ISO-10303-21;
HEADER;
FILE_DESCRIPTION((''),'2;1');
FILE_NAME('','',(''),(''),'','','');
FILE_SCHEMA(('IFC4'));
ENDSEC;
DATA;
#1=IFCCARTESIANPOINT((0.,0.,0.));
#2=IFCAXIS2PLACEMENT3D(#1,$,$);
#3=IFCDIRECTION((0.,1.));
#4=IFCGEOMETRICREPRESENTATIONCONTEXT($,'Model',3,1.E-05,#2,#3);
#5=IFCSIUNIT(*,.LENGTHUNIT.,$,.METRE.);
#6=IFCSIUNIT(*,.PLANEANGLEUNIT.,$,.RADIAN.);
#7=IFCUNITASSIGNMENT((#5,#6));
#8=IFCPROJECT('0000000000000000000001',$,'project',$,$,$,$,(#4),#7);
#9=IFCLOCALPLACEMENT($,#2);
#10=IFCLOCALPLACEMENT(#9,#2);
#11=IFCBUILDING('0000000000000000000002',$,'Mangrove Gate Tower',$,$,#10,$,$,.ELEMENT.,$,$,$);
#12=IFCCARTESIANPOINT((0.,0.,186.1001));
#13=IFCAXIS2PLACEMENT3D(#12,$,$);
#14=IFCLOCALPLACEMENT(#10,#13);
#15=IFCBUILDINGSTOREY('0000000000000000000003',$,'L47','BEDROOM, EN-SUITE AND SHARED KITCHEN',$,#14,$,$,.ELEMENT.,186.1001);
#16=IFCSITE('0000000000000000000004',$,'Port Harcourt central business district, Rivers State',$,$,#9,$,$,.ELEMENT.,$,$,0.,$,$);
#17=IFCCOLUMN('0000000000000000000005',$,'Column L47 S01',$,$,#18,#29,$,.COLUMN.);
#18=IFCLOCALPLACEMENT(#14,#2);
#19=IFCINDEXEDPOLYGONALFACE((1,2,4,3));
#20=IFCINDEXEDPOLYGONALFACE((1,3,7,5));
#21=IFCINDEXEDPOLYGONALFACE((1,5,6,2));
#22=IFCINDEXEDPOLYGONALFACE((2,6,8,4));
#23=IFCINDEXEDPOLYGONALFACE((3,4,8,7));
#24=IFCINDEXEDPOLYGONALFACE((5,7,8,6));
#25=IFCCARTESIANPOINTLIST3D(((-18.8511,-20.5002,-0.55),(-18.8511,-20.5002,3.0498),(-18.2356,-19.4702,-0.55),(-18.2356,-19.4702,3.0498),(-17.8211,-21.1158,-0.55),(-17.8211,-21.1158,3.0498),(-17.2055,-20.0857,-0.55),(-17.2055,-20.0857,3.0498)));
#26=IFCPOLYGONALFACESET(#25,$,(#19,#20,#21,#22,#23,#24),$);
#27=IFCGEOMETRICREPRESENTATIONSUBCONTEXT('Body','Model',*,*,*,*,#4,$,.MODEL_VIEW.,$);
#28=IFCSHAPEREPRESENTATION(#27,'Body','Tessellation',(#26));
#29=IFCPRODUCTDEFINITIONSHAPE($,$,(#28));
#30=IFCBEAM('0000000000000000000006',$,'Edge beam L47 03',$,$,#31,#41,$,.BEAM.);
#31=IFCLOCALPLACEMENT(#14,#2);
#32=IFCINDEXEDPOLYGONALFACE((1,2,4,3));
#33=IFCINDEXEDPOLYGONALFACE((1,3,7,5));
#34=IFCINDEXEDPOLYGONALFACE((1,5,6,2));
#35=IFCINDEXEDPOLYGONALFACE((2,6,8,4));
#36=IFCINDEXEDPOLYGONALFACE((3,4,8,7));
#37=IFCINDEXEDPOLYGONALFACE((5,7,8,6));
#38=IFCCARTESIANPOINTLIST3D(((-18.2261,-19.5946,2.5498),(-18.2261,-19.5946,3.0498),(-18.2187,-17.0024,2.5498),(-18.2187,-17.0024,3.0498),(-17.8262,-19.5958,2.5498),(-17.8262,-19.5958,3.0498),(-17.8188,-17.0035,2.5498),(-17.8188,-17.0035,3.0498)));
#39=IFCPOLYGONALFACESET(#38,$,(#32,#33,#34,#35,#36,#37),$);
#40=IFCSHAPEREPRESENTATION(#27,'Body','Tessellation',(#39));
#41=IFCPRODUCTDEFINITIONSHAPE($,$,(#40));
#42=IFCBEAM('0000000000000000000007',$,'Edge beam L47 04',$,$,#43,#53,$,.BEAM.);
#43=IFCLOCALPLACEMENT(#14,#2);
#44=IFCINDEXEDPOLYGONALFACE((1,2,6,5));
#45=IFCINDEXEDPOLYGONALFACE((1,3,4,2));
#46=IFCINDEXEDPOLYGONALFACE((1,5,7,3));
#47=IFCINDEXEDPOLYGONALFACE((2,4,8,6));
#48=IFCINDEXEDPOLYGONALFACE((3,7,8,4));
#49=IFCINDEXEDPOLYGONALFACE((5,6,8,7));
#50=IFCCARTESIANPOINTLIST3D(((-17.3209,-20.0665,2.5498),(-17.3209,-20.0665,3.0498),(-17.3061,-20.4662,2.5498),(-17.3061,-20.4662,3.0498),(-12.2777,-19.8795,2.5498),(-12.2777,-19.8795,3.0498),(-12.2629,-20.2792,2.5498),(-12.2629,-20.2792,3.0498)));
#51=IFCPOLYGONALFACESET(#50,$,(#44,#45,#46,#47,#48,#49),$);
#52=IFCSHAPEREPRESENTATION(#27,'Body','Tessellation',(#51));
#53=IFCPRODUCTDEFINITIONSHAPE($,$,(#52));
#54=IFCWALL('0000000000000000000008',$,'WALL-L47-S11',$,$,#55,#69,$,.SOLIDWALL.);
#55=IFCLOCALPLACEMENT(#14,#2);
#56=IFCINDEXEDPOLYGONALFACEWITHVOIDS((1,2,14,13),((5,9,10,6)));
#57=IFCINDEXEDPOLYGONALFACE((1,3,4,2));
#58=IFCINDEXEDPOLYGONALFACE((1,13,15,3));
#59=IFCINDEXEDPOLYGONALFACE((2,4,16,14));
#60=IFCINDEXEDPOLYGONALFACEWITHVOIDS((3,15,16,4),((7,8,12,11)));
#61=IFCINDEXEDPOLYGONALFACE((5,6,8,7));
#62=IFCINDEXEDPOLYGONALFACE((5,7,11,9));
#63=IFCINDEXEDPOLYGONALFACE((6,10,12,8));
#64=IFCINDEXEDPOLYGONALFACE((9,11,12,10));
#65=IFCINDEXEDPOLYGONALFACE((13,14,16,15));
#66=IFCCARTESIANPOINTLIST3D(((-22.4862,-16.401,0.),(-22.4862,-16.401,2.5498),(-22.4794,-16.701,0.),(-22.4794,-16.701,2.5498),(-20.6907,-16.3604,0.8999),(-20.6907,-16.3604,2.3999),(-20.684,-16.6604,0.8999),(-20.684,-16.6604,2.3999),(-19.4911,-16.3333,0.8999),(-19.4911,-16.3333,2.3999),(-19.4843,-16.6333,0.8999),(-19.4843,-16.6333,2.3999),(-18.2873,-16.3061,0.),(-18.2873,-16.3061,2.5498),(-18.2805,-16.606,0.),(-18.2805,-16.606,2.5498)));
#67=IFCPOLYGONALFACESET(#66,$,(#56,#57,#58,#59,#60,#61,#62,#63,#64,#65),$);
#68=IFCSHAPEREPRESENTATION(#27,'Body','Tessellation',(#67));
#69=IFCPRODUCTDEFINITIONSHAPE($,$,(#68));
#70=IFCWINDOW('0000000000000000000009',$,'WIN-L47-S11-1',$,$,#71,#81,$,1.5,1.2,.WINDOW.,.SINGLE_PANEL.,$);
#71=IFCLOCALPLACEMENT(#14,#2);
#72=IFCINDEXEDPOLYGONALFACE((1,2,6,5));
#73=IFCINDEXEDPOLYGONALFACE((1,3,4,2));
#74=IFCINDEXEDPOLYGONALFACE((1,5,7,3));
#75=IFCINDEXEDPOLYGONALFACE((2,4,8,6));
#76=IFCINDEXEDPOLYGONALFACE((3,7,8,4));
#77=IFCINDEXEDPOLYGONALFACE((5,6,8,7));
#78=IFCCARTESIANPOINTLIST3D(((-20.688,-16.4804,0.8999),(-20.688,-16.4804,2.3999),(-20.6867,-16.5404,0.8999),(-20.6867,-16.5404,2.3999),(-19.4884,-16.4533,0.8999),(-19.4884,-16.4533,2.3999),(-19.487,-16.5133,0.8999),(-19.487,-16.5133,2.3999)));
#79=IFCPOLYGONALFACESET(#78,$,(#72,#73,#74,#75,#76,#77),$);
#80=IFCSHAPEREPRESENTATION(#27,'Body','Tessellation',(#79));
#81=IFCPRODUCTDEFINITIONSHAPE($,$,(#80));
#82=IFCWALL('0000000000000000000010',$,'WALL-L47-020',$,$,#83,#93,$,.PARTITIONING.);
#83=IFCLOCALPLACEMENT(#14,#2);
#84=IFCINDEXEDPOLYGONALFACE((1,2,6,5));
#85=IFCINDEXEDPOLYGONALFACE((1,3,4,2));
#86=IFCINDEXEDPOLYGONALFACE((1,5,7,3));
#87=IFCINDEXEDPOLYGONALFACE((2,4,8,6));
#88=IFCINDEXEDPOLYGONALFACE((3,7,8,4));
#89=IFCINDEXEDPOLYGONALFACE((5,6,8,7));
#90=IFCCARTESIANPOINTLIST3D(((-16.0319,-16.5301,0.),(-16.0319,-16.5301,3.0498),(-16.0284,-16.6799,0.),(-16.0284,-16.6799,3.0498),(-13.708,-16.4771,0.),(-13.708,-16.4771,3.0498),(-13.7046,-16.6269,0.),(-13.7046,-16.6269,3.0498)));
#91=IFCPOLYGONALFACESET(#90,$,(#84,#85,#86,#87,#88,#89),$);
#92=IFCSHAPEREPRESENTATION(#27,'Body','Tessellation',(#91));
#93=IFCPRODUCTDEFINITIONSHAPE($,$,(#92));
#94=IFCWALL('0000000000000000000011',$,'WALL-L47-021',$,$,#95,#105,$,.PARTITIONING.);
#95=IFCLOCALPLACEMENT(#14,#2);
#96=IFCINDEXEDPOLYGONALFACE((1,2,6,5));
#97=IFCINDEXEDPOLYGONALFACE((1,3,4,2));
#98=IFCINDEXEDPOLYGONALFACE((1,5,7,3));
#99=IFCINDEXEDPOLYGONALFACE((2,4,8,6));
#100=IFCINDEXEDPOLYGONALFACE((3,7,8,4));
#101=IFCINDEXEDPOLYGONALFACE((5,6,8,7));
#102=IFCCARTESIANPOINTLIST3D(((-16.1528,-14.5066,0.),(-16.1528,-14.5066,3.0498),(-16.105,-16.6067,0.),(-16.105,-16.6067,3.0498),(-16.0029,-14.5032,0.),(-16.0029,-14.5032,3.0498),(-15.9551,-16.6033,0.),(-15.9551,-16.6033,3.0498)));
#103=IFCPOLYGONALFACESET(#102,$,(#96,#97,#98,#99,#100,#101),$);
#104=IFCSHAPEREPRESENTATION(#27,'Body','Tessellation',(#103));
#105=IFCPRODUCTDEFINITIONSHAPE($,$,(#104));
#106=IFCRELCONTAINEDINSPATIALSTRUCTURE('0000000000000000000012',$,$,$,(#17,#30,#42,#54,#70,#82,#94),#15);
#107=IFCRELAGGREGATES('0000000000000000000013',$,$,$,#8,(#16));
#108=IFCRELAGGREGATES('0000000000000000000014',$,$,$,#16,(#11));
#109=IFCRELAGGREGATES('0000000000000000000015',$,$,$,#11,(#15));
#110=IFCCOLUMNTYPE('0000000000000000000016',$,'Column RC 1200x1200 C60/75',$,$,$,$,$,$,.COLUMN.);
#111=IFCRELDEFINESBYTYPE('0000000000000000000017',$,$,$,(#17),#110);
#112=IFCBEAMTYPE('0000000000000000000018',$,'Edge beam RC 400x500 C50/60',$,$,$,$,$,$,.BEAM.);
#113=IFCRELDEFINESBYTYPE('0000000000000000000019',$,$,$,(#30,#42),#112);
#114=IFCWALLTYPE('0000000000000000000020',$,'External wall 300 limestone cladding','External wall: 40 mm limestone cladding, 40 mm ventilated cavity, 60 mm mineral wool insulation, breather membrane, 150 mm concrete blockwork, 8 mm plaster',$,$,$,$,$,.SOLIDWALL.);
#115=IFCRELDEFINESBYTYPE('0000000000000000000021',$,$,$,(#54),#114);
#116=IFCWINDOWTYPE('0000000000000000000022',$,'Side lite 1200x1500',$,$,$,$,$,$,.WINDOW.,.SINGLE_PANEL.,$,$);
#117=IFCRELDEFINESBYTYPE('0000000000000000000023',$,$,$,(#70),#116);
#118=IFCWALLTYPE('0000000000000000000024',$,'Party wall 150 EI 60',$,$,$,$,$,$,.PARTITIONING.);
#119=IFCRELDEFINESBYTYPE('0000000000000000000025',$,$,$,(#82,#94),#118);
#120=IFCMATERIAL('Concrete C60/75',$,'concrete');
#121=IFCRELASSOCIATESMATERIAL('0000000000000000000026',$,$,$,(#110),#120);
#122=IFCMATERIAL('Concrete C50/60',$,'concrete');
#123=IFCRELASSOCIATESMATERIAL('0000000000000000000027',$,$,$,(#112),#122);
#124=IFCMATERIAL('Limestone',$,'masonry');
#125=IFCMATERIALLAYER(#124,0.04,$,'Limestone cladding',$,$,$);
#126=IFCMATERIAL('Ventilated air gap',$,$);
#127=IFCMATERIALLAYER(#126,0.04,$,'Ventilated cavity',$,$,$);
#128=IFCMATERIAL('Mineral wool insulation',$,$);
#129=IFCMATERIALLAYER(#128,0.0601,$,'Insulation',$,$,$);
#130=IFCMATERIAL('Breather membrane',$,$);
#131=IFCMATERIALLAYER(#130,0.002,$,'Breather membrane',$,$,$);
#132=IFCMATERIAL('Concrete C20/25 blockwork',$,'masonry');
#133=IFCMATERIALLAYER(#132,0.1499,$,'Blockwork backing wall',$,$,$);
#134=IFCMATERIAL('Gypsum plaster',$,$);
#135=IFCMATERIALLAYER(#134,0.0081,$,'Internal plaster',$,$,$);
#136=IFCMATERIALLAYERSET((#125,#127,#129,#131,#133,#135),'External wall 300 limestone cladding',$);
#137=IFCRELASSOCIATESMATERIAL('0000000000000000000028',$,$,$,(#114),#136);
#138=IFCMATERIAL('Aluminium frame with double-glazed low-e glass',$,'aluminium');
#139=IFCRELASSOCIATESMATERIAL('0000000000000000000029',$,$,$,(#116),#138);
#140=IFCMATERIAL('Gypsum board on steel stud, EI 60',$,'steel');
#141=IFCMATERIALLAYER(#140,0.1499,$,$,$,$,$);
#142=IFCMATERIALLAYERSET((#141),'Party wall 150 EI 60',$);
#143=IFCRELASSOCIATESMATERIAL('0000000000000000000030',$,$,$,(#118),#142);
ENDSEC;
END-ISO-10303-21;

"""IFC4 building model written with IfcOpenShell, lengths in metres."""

from ifc_helpers import new_model, si_unit, direction, frame, frame_2d, origin, origin_2d, place, context, subcontext, project, spatial, rectangle, extrude, material, layer, layer_set, material_profile, profile_set, type_object, element, fill, save


model = new_model("IFC4")

# Units and contexts
model_context = context("Model", 3, precision=1e-05, world=origin(), true_north=direction((0.0, 1.0)))
body_context = subcontext(model_context, "Body", "Model", "MODEL_VIEW")
ifc_project = project(units=[si_unit("LENGTHUNIT", "METRE"), si_unit("PLANEANGLEUNIT", "RADIAN")], contexts=[model_context])

# Site, building, storey
site_placement = place(None, origin())
site = spatial("IfcSite", under=ifc_project, at=site_placement, Name="Port Harcourt central business district, Rivers State", CompositionType="ELEMENT", RefElevation=0.0)
building_placement = place(site_placement, origin())
building = spatial("IfcBuilding", under=site, at=building_placement, Name="Mangrove Gate Tower", CompositionType="ELEMENT")
storey_placement = place(building_placement, frame((0.0, 0.0, 186.1001)))
storey = spatial("IfcBuildingStorey", under=building, at=storey_placement, Name="L47", Description="BEDROOM, EN-SUITE AND SHARED KITCHEN", CompositionType="ELEMENT", Elevation=186.1001)

# Column
ifc_material_1 = material(Name="Concrete C60/75", Category="concrete")
ifc_material_profile_1 = material_profile(ifc_material_1, rectangle(XDim=1.2, YDim=1.2, at=origin_2d()))
ifc_profile_set_1 = profile_set([ifc_material_profile_1], Name="Concrete C60/75")
column_type = type_object("IfcColumnType", Name="Column RC 1200x1200 C60/75", PredefinedType="COLUMN", material=ifc_profile_set_1)
column_placement = place(storey_placement, frame((-18.0283, -20.293, -0.55), z_axis=(0.0, 0.0, 1.0), x_axis=(0.858408, -0.512967, 0.0)))
element("IfcColumn", 1, at=column_placement, inside=storey, type_object=column_type, Name="Column L47 S01", PredefinedType="COLUMN", context=body_context, shape_type="SweptSolid", body=[
    extrude(rectangle(XDim=1.2, YDim=1.2, at=origin_2d()), origin(), (0.0, 0.0, 1.0), 3.5999),
])

# Beams
ifc_material_2 = material(Name="Concrete C50/60", Category="concrete")
ifc_material_profile_2 = material_profile(ifc_material_2, rectangle(XDim=0.3999, YDim=0.5, at=origin_2d()))
ifc_profile_set_2 = profile_set([ifc_material_profile_2], Name="Concrete C50/60")
beam_type = type_object("IfcBeamType", Name="Edge beam RC 400x500 C50/60", PredefinedType="BEAM", material=ifc_profile_set_2)
beam_1_placement = place(storey_placement, frame((-18.0188, -17.0029, 2.7998), z_axis=(-0.002825, -0.999996, 0.0), x_axis=(0.999996, -0.002825, 0.0)))
element("IfcBeam", 2, at=beam_1_placement, inside=storey, type_object=beam_type, Name="Edge beam L47 03", PredefinedType="BEAM", context=body_context, shape_type="SweptSolid", body=[
    extrude(rectangle(XDim=0.3999, YDim=0.5, at=origin_2d()), origin(), (0.0, 0.0, 1.0), 2.5923),
])
beam_2_placement = place(storey_placement, frame((-17.3135, -20.2664, 2.7998), z_axis=(0.999313, 0.037056, 0.0), x_axis=(-0.037056, 0.999313, 0.0)))
element("IfcBeam", 3, at=beam_2_placement, inside=storey, type_object=beam_type, Name="Edge beam L47 04", PredefinedType="BEAM", context=body_context, shape_type="SweptSolid", body=[
    extrude(rectangle(XDim=0.3999, YDim=0.5, at=origin_2d()), origin(), (0.0, 0.0, 1.0), 5.0466),
])

# Wall, opening, window
ifc_material_3 = material(Name="Limestone", Category="masonry")
ifc_layer_1 = layer(ifc_material_3, 0.04, Name="Limestone cladding")
ifc_material_4 = material(Name="Ventilated air gap")
ifc_layer_2 = layer(ifc_material_4, 0.04, Name="Ventilated cavity")
ifc_material_5 = material(Name="Mineral wool insulation")
ifc_layer_3 = layer(ifc_material_5, 0.0601, Name="Insulation")
ifc_material_6 = material(Name="Breather membrane")
ifc_layer_4 = layer(ifc_material_6, 0.002, Name="Breather membrane")
ifc_material_7 = material(Name="Concrete C20/25 blockwork", Category="masonry")
ifc_layer_5 = layer(ifc_material_7, 0.1499, Name="Blockwork backing wall")
ifc_material_8 = material(Name="Gypsum plaster")
ifc_layer_6 = layer(ifc_material_8, 0.0081, Name="Internal plaster")
ifc_layer_set_1 = layer_set([ifc_layer_1, ifc_layer_2, ifc_layer_3, ifc_layer_4, ifc_layer_5, ifc_layer_6], Name="External wall 300 limestone cladding")
wall_type_1 = type_object("IfcWallType", Name="External wall 300 limestone cladding", Description="External wall: 40 mm limestone cladding, 40 mm ventilated cavity, 60 mm mineral wool insulation, breather membrane, 150 mm concrete blockwork, 8 mm plaster", PredefinedType="SOLIDWALL", material=ifc_layer_set_1)
wall_1_placement = place(storey_placement, frame((-22.4829, -16.551, 0.0), z_axis=(0.0, 0.0, 1.0), x_axis=(0.999744, 0.022612, 0.0)))
wall_1 = element("IfcWall", 4, at=wall_1_placement, inside=storey, type_object=wall_type_1, Name="WALL-L47-S11", PredefinedType="SOLIDWALL", context=body_context, shape_type="SweptSolid", body=[
    extrude(rectangle(XDim=4.2, YDim=0.3, at=frame_2d((2.1001, 0.0))), origin(), (0.0, 0.0, 1.0), 2.5498),
])
opening_1_placement = place(wall_1_placement, frame((1.7959, 0.0, 0.8999)))
opening_1 = element("IfcOpeningElement", 5, at=opening_1_placement, cuts=wall_1, PredefinedType="OPENING", context=body_context, shape_type="SweptSolid", body=[
    extrude(rectangle(XDim=1.2, YDim=1.5, at=frame_2d((0.6001, 0.75))), frame((0.0, 0.1599, 0.0), z_axis=(0.0, -1.0, 0.0), x_axis=(1.0, 0.0, 0.0)), (0.0, 0.0, 1.0), 0.3201),
])
ifc_material_9 = material(Name="Aluminium frame with double-glazed low-e glass", Category="aluminium")
window_type_1 = type_object("IfcWindowType", Name="Side lite 1200x1500", PartitioningType="SINGLE_PANEL", PredefinedType="WINDOW", material=ifc_material_9)
window_1_placement = place(opening_1_placement, origin())
window_1 = element("IfcWindow", 6, at=window_1_placement, inside=storey, type_object=window_type_1, Name="WIN-L47-S11-1", OverallHeight=1.5, OverallWidth=1.2, PartitioningType="SINGLE_PANEL", PredefinedType="WINDOW", context=body_context, shape_type="SweptSolid", body=[
    extrude(rectangle(XDim=1.2, YDim=1.5, at=frame_2d((0.6001, 0.75))), frame((0.0, 0.03, 0.0), z_axis=(0.0, -1.0, 0.0), x_axis=(1.0, 0.0, 0.0)), (0.0, 0.0, 1.0), 0.0601),
])
fill(opening_1, window_1)

# Walls
ifc_material_10 = material(Name="Gypsum board on steel stud, EI 60", Category="steel")
ifc_layer_7 = layer(ifc_material_10, 0.1499)
ifc_layer_set_2 = layer_set([ifc_layer_7], Name="Party wall 150 EI 60")
wall_type_2 = type_object("IfcWallType", Name="Party wall 150 EI 60", PredefinedType="PARTITIONING", material=ifc_layer_set_2)
wall_2_placement = place(storey_placement, frame((-16.03, -16.605, 0.0), z_axis=(0.0, 0.0, 1.0), x_axis=(0.99974, 0.022791, 0.0)))
element("IfcWall", 7, at=wall_2_placement, inside=storey, type_object=wall_type_2, Name="WALL-L47-020", PredefinedType="PARTITIONING", context=body_context, shape_type="SweptSolid", body=[
    extrude(rectangle(XDim=2.3245, YDim=0.1499, at=frame_2d((1.1621, 0.0))), origin(), (0.0, 0.0, 1.0), 3.0498),
])
wall_3_placement = place(storey_placement, frame((-16.03, -16.605, 0.0), z_axis=(0.0, 0.0, 1.0), x_axis=(-0.022779, 0.999741, 0.0)))
element("IfcWall", 8, at=wall_3_placement, inside=storey, type_object=wall_type_2, Name="WALL-L47-021", PredefinedType="PARTITIONING", context=body_context, shape_type="SweptSolid", body=[
    extrude(rectangle(XDim=2.1006, YDim=0.1499, at=frame_2d((1.0503, 0.0))), origin(), (0.0, 0.0, 1.0), 3.0498),
])

save(model, "model.ifc")
